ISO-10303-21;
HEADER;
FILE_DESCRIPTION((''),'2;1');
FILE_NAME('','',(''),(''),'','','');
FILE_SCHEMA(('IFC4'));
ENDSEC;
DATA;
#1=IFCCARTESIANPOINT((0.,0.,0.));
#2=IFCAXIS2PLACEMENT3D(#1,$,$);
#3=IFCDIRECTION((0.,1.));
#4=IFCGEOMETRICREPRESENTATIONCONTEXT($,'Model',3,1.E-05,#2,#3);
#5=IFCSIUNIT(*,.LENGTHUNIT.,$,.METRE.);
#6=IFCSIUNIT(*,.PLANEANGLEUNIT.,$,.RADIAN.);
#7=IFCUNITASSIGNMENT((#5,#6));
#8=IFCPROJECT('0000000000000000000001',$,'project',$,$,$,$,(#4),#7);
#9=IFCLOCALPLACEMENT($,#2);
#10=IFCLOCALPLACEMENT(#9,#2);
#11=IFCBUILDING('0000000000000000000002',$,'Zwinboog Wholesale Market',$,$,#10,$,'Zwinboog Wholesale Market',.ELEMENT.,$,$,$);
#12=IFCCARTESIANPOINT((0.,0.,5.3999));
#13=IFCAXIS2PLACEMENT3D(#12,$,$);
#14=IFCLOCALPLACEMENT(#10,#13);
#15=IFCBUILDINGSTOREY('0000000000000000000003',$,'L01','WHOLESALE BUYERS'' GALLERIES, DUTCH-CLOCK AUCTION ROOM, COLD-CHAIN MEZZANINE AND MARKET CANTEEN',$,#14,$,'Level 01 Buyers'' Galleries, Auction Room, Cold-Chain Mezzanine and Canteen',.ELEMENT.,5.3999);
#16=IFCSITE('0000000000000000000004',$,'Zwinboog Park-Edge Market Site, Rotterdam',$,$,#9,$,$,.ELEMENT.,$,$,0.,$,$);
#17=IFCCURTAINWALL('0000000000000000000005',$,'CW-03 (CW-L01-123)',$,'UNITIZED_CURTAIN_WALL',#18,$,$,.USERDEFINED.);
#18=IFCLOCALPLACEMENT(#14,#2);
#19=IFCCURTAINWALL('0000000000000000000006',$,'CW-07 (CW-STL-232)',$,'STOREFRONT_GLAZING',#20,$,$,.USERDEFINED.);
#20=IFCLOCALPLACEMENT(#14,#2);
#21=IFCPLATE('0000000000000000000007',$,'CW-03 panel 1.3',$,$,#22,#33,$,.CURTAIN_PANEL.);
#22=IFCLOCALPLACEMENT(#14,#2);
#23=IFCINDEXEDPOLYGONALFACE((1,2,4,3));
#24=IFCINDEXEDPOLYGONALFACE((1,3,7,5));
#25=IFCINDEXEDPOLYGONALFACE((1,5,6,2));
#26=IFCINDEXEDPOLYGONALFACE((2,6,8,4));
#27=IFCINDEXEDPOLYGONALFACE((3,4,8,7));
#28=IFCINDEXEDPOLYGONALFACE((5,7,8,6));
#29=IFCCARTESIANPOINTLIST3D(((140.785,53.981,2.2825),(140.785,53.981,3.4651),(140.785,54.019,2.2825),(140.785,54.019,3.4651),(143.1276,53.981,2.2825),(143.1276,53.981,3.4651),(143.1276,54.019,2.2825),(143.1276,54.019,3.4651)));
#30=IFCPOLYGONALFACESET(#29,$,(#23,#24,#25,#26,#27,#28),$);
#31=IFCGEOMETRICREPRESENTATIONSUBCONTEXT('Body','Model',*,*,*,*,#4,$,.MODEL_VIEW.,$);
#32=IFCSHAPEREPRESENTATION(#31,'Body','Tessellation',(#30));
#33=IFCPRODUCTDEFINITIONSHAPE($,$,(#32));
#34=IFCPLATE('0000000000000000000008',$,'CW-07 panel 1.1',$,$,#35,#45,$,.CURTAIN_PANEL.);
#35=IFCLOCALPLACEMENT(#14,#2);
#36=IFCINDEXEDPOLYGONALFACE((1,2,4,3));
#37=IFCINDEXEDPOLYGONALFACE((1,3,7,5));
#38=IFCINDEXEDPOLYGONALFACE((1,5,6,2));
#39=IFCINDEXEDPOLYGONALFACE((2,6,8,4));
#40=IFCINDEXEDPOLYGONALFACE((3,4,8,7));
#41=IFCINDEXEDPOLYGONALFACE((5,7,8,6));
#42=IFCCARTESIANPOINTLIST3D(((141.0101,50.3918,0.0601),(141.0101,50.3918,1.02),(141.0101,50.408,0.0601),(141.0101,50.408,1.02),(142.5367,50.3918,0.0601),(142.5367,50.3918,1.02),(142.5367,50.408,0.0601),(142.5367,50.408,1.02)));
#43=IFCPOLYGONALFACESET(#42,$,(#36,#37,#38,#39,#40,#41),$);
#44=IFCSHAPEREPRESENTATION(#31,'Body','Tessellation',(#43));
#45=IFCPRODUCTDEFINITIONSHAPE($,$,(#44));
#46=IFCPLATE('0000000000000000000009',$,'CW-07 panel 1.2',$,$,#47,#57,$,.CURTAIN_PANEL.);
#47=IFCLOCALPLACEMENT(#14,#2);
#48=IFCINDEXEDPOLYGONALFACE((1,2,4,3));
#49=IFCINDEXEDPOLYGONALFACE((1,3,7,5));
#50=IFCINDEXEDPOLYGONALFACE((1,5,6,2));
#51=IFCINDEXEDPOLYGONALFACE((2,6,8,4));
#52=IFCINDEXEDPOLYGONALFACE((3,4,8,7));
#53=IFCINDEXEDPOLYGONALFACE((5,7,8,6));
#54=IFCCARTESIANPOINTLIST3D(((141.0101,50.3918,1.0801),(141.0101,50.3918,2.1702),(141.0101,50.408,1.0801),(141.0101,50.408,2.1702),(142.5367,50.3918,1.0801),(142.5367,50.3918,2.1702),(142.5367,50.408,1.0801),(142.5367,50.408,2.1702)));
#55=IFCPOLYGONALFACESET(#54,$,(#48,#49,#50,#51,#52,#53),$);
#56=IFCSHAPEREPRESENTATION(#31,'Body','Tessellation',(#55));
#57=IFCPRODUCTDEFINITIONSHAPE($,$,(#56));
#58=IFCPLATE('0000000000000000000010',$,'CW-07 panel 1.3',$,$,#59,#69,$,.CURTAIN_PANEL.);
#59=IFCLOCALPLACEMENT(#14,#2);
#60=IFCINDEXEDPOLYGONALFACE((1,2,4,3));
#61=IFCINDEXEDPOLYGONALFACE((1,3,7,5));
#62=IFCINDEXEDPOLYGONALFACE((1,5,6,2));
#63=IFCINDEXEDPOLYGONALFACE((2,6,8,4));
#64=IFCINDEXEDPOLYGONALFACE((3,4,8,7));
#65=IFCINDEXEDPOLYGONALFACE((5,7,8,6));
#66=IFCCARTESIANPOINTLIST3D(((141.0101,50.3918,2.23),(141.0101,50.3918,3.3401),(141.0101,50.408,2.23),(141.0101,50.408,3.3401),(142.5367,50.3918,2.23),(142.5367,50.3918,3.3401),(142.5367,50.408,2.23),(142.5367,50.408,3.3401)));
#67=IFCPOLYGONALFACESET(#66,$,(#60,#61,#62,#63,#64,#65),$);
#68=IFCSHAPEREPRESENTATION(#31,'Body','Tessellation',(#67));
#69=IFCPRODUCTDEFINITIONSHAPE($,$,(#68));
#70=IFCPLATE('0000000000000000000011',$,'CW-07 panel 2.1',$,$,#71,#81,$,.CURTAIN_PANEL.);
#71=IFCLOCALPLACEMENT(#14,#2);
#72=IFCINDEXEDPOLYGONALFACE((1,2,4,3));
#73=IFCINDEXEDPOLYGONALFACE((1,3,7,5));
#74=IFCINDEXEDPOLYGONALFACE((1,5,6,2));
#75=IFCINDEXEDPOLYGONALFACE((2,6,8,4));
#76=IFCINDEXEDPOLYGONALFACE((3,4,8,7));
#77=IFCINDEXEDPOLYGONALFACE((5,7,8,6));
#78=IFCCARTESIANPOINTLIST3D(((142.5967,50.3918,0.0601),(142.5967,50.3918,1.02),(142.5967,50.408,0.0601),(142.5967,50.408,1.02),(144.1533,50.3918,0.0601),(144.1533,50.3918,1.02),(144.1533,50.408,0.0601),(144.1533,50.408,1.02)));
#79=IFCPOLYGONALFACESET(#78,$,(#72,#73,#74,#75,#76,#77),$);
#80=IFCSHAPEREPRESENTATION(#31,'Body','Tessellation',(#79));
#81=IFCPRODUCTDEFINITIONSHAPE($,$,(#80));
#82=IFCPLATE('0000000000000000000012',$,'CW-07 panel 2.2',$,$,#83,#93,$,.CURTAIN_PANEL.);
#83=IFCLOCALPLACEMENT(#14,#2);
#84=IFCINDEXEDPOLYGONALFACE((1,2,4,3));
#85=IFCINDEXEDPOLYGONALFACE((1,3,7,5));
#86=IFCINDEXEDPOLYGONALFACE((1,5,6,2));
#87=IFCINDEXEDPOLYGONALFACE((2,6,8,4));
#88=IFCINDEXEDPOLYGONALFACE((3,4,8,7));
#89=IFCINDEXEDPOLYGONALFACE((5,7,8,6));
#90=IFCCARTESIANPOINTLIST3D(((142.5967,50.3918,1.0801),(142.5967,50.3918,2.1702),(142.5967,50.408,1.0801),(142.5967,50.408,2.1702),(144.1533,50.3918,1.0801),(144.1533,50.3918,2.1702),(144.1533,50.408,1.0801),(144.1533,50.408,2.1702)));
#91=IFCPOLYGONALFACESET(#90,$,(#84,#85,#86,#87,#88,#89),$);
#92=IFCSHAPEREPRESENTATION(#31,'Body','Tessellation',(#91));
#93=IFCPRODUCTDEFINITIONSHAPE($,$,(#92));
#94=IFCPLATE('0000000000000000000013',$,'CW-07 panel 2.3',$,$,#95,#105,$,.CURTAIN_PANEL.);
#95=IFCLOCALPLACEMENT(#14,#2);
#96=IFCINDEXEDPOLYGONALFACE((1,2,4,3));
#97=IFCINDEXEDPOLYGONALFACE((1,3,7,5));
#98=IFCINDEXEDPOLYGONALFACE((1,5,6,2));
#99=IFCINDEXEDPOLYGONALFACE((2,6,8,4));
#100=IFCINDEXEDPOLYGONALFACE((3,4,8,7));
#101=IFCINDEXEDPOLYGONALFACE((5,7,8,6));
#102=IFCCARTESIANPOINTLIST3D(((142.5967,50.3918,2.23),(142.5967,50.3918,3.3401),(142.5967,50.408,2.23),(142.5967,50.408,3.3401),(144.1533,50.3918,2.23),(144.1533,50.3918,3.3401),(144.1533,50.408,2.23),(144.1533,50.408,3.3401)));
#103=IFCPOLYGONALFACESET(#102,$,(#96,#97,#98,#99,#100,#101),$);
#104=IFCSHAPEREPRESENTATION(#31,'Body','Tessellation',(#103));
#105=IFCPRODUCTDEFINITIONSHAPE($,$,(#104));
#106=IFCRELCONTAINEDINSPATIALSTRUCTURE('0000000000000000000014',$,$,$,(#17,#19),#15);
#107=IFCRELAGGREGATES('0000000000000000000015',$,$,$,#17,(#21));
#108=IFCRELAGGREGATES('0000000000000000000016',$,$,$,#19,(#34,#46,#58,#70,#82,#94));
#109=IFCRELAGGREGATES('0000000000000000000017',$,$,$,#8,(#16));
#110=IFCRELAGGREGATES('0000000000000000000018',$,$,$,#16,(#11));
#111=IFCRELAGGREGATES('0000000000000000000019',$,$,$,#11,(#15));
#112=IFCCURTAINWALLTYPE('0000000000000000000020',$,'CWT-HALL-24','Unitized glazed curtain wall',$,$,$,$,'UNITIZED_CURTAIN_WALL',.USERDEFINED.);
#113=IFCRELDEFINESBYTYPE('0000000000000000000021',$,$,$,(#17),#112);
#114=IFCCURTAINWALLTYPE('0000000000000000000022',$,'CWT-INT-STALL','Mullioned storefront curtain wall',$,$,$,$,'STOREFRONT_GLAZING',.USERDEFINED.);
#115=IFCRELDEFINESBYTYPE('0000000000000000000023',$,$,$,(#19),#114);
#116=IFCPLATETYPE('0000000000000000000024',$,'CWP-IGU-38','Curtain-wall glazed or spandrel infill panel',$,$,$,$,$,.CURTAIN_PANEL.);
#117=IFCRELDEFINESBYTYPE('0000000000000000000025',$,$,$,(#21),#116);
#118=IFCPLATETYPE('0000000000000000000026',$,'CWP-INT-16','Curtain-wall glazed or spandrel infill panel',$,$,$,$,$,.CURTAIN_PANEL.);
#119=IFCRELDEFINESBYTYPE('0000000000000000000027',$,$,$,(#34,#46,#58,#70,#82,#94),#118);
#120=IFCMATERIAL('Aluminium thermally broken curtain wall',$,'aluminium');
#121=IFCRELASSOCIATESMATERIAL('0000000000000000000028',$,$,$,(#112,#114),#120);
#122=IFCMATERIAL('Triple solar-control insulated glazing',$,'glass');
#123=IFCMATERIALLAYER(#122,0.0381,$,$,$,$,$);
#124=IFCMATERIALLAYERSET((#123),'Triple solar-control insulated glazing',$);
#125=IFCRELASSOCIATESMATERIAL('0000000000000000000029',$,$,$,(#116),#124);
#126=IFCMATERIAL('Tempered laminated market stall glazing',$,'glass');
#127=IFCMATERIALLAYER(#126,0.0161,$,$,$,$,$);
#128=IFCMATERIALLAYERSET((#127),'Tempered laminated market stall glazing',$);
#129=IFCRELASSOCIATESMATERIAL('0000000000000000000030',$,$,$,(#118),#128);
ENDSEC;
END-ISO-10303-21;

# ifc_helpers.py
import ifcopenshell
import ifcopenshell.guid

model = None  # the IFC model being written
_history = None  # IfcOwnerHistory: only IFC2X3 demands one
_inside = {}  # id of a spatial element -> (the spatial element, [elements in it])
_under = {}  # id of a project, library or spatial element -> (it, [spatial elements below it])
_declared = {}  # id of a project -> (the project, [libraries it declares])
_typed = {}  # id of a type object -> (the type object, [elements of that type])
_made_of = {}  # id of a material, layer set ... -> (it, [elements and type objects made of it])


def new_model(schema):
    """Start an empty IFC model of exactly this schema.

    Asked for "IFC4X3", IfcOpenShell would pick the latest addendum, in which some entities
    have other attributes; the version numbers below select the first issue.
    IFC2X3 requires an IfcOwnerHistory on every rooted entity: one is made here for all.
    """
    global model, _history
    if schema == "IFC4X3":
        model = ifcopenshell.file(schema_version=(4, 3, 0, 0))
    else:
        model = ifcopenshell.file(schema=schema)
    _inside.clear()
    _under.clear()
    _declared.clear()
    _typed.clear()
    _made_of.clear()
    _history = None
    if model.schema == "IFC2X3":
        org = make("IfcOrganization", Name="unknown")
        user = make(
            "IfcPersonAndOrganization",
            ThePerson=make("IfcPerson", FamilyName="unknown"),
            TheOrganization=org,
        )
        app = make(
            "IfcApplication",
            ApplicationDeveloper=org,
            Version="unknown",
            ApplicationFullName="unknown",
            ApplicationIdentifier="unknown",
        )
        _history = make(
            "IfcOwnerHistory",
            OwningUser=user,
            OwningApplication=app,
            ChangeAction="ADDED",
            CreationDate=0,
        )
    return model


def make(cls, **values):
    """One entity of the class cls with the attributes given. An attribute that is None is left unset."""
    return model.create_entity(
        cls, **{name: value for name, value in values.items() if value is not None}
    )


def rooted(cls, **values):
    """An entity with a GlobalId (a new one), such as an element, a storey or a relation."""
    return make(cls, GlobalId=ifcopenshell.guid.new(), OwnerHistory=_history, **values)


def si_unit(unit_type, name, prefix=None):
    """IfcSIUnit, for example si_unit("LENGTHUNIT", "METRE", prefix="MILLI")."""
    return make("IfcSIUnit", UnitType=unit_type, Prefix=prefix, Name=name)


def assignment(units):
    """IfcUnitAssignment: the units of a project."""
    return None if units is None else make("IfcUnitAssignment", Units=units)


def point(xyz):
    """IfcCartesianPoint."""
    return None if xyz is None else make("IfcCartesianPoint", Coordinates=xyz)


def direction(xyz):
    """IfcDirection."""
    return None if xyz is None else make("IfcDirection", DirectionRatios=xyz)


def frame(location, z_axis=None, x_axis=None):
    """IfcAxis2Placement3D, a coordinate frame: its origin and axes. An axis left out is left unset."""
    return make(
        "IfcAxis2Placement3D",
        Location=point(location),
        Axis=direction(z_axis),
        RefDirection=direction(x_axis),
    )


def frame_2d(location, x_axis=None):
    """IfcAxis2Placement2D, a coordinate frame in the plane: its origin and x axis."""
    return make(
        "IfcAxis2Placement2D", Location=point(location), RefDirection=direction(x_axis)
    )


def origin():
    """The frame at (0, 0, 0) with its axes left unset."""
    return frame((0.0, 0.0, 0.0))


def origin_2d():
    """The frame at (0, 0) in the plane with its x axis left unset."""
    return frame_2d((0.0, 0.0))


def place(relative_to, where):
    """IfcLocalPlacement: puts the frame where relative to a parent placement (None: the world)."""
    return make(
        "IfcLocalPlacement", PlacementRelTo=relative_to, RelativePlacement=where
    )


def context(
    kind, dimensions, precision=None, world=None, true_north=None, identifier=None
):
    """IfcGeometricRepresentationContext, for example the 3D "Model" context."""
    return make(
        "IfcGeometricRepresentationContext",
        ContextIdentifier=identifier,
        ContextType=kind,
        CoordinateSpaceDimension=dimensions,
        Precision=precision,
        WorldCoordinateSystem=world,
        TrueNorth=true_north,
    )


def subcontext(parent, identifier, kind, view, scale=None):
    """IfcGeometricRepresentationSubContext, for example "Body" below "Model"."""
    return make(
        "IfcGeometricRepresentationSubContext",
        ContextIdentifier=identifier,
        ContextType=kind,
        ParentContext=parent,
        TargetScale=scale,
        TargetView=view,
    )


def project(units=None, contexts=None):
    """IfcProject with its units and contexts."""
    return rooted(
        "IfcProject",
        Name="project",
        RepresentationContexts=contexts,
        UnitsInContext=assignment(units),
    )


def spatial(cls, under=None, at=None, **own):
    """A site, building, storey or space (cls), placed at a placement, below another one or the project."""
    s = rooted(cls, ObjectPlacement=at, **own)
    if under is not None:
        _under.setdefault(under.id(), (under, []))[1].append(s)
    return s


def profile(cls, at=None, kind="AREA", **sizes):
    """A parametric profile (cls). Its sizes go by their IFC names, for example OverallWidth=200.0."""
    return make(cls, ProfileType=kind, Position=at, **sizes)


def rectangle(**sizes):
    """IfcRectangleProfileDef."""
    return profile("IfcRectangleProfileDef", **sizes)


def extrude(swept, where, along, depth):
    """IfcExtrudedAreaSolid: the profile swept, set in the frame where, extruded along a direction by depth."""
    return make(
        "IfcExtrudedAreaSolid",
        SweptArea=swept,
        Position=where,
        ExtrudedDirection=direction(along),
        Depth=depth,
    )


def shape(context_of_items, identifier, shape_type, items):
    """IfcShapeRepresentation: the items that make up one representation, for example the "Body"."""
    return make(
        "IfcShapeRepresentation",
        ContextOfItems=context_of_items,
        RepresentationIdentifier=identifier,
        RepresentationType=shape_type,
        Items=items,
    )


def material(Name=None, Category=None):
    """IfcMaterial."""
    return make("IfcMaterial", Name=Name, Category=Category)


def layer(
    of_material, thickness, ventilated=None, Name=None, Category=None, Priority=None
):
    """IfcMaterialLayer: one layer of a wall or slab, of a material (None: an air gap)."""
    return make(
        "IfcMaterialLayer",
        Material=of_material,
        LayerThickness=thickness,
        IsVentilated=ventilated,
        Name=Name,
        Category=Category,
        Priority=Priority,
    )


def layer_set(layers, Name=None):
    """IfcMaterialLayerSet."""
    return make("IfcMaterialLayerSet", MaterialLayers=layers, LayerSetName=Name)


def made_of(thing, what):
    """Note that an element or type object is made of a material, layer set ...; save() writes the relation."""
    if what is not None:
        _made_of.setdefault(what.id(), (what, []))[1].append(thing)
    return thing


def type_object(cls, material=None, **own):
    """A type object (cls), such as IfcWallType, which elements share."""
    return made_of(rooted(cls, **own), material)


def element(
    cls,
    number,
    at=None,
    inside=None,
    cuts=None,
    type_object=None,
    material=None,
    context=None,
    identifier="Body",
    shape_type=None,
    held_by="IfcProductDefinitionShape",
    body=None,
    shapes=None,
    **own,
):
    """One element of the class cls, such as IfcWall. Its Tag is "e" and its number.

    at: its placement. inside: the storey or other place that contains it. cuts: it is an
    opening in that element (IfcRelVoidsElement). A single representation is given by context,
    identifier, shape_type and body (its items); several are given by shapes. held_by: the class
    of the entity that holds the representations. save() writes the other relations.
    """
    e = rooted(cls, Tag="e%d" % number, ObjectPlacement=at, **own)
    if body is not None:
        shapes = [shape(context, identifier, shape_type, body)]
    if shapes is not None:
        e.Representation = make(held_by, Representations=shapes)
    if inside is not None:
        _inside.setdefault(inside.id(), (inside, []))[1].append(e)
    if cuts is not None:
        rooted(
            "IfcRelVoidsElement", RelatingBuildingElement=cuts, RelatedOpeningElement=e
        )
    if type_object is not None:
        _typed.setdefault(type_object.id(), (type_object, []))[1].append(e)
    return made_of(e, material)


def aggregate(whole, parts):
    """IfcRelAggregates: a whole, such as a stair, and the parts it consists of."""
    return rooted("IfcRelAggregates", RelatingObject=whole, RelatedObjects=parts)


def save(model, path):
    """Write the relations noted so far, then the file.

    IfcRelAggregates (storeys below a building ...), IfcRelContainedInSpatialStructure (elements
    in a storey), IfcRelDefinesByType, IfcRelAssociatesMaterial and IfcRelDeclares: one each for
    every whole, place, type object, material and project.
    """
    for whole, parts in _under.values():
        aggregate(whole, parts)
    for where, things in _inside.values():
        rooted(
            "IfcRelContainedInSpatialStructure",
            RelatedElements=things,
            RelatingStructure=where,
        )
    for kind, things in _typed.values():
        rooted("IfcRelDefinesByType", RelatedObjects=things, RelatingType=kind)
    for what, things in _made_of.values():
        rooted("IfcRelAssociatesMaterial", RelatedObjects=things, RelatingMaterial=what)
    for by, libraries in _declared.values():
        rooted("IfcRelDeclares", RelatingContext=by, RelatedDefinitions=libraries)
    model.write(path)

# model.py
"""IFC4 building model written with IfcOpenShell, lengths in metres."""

from ifc_helpers import new_model, si_unit, direction, frame, origin, origin_2d, place, context, subcontext, project, spatial, rectangle, extrude, material, layer, layer_set, type_object, element, aggregate, save


model = new_model("IFC4")

# Units and contexts
model_context = context("Model", 3, precision=1e-05, world=origin(), true_north=direction((0.0, 1.0)))
body_context = subcontext(model_context, "Body", "Model", "MODEL_VIEW")
ifc_project = project(units=[si_unit("LENGTHUNIT", "METRE"), si_unit("PLANEANGLEUNIT", "RADIAN")], contexts=[model_context])

# Site, building, storey
site_placement = place(None, origin())
site = spatial("IfcSite", under=ifc_project, at=site_placement, Name="Zwinboog Park-Edge Market Site, Rotterdam", CompositionType="ELEMENT", RefElevation=0.0)
building_placement = place(site_placement, origin())
building = spatial("IfcBuilding", under=site, at=building_placement, Name="Zwinboog Wholesale Market", LongName="Zwinboog Wholesale Market", CompositionType="ELEMENT")
storey_placement = place(building_placement, frame((0.0, 0.0, 5.3999)))
storey = spatial("IfcBuildingStorey", under=building, at=storey_placement, Name="L01", Description="WHOLESALE BUYERS' GALLERIES, DUTCH-CLOCK AUCTION ROOM, COLD-CHAIN MEZZANINE AND MARKET CANTEEN", LongName="Level 01 Buyers' Galleries, Auction Room, Cold-Chain Mezzanine and Canteen", CompositionType="ELEMENT", Elevation=5.3999)

# Curtain walls
ifc_material_1 = material(Name="Aluminium thermally broken curtain wall", Category="aluminium")
curtain_wall_type_1 = type_object("IfcCurtainWallType", Name="CWT-HALL-24", Description="Unitized glazed curtain wall", ElementType="UNITIZED_CURTAIN_WALL", PredefinedType="USERDEFINED", material=ifc_material_1)
curtain_wall_1_placement = place(storey_placement, origin())
curtain_wall_1 = element("IfcCurtainWall", 1, at=curtain_wall_1_placement, inside=storey, type_object=curtain_wall_type_1, Name="CW-03 (CW-L01-123)", ObjectType="UNITIZED_CURTAIN_WALL", PredefinedType="USERDEFINED")
curtain_wall_type_2 = type_object("IfcCurtainWallType", Name="CWT-INT-STALL", Description="Mullioned storefront curtain wall", ElementType="STOREFRONT_GLAZING", PredefinedType="USERDEFINED", material=ifc_material_1)
curtain_wall_2_placement = place(storey_placement, origin())
curtain_wall_2 = element("IfcCurtainWall", 2, at=curtain_wall_2_placement, inside=storey, type_object=curtain_wall_type_2, Name="CW-07 (CW-STL-232)", ObjectType="STOREFRONT_GLAZING", PredefinedType="USERDEFINED")

# Plates
ifc_material_2 = material(Name="Triple solar-control insulated glazing", Category="glass")
ifc_layer_1 = layer(ifc_material_2, 0.0381)
ifc_layer_set_1 = layer_set([ifc_layer_1], Name="Triple solar-control insulated glazing")
plate_type_1 = type_object("IfcPlateType", Name="CWP-IGU-38", Description="Curtain-wall glazed or spandrel infill panel", PredefinedType="CURTAIN_PANEL", material=ifc_layer_set_1)
plate_1_placement = place(storey_placement, frame((141.9563, 54.0, 2.2825), z_axis=(0.0, 0.0, 1.0), x_axis=(1.0, 0.0, 0.0)))
plate_1 = element("IfcPlate", 3, at=plate_1_placement, type_object=plate_type_1, Name="CW-03 panel 1.3", PredefinedType="CURTAIN_PANEL", context=body_context, shape_type="SweptSolid", body=[
    extrude(rectangle(XDim=2.3425, YDim=0.0381, at=origin_2d()), origin(), (0.0, 0.0, 1.0), 1.1826),
])
aggregate(curtain_wall_1, [plate_1])
ifc_material_3 = material(Name="Tempered laminated market stall glazing", Category="glass")
ifc_layer_2 = layer(ifc_material_3, 0.0161)
ifc_layer_set_2 = layer_set([ifc_layer_2], Name="Tempered laminated market stall glazing")
plate_type_2 = type_object("IfcPlateType", Name="CWP-INT-16", Description="Curtain-wall glazed or spandrel infill panel", PredefinedType="CURTAIN_PANEL", material=ifc_layer_set_2)
plate_2_placement = place(storey_placement, frame((141.7734, 50.3999, 0.0601), z_axis=(0.0, 0.0, 1.0), x_axis=(1.0, 0.0, 0.0)))
plate_2 = element("IfcPlate", 4, at=plate_2_placement, type_object=plate_type_2, Name="CW-07 panel 1.1", PredefinedType="CURTAIN_PANEL", context=body_context, shape_type="SweptSolid", body=[
    extrude(rectangle(XDim=1.5266, YDim=0.0161, at=origin_2d()), origin(), (0.0, 0.0, 1.0), 0.96),
])
plate_3_placement = place(storey_placement, frame((141.7734, 50.3999, 1.0801), z_axis=(0.0, 0.0, 1.0), x_axis=(1.0, 0.0, 0.0)))
plate_3 = element("IfcPlate", 5, at=plate_3_placement, type_object=plate_type_2, Name="CW-07 panel 1.2", PredefinedType="CURTAIN_PANEL", context=body_context, shape_type="SweptSolid", body=[
    extrude(rectangle(XDim=1.5266, YDim=0.0161, at=origin_2d()), origin(), (0.0, 0.0, 1.0), 1.0901),
])
plate_4_placement = place(storey_placement, frame((141.7734, 50.3999, 2.23), z_axis=(0.0, 0.0, 1.0), x_axis=(1.0, 0.0, 0.0)))
plate_4 = element("IfcPlate", 6, at=plate_4_placement, type_object=plate_type_2, Name="CW-07 panel 1.3", PredefinedType="CURTAIN_PANEL", context=body_context, shape_type="SweptSolid", body=[
    extrude(rectangle(XDim=1.5266, YDim=0.0161, at=origin_2d()), origin(), (0.0, 0.0, 1.0), 1.1101),
])
plate_5_placement = place(storey_placement, frame((143.375, 50.3999, 0.0601), z_axis=(0.0, 0.0, 1.0), x_axis=(1.0, 0.0, 0.0)))
plate_5 = element("IfcPlate", 7, at=plate_5_placement, type_object=plate_type_2, Name="CW-07 panel 2.1", PredefinedType="CURTAIN_PANEL", context=body_context, shape_type="SweptSolid", body=[
    extrude(rectangle(XDim=1.5566, YDim=0.0161, at=origin_2d()), origin(), (0.0, 0.0, 1.0), 0.96),
])
plate_6_placement = place(storey_placement, frame((143.375, 50.3999, 1.0801), z_axis=(0.0, 0.0, 1.0), x_axis=(1.0, 0.0, 0.0)))
plate_6 = element("IfcPlate", 8, at=plate_6_placement, type_object=plate_type_2, Name="CW-07 panel 2.2", PredefinedType="CURTAIN_PANEL", context=body_context, shape_type="SweptSolid", body=[
    extrude(rectangle(XDim=1.5566, YDim=0.0161, at=origin_2d()), origin(), (0.0, 0.0, 1.0), 1.0901),
])
plate_7_placement = place(storey_placement, frame((143.375, 50.3999, 2.23), z_axis=(0.0, 0.0, 1.0), x_axis=(1.0, 0.0, 0.0)))
plate_7 = element("IfcPlate", 9, at=plate_7_placement, type_object=plate_type_2, Name="CW-07 panel 2.3", PredefinedType="CURTAIN_PANEL", context=body_context, shape_type="SweptSolid", body=[
    extrude(rectangle(XDim=1.5566, YDim=0.0161, at=origin_2d()), origin(), (0.0, 0.0, 1.0), 1.1101),
])
aggregate(curtain_wall_2, [plate_2, plate_3, plate_4, plate_5, plate_6, plate_7])

save(model, "model.ifc")
